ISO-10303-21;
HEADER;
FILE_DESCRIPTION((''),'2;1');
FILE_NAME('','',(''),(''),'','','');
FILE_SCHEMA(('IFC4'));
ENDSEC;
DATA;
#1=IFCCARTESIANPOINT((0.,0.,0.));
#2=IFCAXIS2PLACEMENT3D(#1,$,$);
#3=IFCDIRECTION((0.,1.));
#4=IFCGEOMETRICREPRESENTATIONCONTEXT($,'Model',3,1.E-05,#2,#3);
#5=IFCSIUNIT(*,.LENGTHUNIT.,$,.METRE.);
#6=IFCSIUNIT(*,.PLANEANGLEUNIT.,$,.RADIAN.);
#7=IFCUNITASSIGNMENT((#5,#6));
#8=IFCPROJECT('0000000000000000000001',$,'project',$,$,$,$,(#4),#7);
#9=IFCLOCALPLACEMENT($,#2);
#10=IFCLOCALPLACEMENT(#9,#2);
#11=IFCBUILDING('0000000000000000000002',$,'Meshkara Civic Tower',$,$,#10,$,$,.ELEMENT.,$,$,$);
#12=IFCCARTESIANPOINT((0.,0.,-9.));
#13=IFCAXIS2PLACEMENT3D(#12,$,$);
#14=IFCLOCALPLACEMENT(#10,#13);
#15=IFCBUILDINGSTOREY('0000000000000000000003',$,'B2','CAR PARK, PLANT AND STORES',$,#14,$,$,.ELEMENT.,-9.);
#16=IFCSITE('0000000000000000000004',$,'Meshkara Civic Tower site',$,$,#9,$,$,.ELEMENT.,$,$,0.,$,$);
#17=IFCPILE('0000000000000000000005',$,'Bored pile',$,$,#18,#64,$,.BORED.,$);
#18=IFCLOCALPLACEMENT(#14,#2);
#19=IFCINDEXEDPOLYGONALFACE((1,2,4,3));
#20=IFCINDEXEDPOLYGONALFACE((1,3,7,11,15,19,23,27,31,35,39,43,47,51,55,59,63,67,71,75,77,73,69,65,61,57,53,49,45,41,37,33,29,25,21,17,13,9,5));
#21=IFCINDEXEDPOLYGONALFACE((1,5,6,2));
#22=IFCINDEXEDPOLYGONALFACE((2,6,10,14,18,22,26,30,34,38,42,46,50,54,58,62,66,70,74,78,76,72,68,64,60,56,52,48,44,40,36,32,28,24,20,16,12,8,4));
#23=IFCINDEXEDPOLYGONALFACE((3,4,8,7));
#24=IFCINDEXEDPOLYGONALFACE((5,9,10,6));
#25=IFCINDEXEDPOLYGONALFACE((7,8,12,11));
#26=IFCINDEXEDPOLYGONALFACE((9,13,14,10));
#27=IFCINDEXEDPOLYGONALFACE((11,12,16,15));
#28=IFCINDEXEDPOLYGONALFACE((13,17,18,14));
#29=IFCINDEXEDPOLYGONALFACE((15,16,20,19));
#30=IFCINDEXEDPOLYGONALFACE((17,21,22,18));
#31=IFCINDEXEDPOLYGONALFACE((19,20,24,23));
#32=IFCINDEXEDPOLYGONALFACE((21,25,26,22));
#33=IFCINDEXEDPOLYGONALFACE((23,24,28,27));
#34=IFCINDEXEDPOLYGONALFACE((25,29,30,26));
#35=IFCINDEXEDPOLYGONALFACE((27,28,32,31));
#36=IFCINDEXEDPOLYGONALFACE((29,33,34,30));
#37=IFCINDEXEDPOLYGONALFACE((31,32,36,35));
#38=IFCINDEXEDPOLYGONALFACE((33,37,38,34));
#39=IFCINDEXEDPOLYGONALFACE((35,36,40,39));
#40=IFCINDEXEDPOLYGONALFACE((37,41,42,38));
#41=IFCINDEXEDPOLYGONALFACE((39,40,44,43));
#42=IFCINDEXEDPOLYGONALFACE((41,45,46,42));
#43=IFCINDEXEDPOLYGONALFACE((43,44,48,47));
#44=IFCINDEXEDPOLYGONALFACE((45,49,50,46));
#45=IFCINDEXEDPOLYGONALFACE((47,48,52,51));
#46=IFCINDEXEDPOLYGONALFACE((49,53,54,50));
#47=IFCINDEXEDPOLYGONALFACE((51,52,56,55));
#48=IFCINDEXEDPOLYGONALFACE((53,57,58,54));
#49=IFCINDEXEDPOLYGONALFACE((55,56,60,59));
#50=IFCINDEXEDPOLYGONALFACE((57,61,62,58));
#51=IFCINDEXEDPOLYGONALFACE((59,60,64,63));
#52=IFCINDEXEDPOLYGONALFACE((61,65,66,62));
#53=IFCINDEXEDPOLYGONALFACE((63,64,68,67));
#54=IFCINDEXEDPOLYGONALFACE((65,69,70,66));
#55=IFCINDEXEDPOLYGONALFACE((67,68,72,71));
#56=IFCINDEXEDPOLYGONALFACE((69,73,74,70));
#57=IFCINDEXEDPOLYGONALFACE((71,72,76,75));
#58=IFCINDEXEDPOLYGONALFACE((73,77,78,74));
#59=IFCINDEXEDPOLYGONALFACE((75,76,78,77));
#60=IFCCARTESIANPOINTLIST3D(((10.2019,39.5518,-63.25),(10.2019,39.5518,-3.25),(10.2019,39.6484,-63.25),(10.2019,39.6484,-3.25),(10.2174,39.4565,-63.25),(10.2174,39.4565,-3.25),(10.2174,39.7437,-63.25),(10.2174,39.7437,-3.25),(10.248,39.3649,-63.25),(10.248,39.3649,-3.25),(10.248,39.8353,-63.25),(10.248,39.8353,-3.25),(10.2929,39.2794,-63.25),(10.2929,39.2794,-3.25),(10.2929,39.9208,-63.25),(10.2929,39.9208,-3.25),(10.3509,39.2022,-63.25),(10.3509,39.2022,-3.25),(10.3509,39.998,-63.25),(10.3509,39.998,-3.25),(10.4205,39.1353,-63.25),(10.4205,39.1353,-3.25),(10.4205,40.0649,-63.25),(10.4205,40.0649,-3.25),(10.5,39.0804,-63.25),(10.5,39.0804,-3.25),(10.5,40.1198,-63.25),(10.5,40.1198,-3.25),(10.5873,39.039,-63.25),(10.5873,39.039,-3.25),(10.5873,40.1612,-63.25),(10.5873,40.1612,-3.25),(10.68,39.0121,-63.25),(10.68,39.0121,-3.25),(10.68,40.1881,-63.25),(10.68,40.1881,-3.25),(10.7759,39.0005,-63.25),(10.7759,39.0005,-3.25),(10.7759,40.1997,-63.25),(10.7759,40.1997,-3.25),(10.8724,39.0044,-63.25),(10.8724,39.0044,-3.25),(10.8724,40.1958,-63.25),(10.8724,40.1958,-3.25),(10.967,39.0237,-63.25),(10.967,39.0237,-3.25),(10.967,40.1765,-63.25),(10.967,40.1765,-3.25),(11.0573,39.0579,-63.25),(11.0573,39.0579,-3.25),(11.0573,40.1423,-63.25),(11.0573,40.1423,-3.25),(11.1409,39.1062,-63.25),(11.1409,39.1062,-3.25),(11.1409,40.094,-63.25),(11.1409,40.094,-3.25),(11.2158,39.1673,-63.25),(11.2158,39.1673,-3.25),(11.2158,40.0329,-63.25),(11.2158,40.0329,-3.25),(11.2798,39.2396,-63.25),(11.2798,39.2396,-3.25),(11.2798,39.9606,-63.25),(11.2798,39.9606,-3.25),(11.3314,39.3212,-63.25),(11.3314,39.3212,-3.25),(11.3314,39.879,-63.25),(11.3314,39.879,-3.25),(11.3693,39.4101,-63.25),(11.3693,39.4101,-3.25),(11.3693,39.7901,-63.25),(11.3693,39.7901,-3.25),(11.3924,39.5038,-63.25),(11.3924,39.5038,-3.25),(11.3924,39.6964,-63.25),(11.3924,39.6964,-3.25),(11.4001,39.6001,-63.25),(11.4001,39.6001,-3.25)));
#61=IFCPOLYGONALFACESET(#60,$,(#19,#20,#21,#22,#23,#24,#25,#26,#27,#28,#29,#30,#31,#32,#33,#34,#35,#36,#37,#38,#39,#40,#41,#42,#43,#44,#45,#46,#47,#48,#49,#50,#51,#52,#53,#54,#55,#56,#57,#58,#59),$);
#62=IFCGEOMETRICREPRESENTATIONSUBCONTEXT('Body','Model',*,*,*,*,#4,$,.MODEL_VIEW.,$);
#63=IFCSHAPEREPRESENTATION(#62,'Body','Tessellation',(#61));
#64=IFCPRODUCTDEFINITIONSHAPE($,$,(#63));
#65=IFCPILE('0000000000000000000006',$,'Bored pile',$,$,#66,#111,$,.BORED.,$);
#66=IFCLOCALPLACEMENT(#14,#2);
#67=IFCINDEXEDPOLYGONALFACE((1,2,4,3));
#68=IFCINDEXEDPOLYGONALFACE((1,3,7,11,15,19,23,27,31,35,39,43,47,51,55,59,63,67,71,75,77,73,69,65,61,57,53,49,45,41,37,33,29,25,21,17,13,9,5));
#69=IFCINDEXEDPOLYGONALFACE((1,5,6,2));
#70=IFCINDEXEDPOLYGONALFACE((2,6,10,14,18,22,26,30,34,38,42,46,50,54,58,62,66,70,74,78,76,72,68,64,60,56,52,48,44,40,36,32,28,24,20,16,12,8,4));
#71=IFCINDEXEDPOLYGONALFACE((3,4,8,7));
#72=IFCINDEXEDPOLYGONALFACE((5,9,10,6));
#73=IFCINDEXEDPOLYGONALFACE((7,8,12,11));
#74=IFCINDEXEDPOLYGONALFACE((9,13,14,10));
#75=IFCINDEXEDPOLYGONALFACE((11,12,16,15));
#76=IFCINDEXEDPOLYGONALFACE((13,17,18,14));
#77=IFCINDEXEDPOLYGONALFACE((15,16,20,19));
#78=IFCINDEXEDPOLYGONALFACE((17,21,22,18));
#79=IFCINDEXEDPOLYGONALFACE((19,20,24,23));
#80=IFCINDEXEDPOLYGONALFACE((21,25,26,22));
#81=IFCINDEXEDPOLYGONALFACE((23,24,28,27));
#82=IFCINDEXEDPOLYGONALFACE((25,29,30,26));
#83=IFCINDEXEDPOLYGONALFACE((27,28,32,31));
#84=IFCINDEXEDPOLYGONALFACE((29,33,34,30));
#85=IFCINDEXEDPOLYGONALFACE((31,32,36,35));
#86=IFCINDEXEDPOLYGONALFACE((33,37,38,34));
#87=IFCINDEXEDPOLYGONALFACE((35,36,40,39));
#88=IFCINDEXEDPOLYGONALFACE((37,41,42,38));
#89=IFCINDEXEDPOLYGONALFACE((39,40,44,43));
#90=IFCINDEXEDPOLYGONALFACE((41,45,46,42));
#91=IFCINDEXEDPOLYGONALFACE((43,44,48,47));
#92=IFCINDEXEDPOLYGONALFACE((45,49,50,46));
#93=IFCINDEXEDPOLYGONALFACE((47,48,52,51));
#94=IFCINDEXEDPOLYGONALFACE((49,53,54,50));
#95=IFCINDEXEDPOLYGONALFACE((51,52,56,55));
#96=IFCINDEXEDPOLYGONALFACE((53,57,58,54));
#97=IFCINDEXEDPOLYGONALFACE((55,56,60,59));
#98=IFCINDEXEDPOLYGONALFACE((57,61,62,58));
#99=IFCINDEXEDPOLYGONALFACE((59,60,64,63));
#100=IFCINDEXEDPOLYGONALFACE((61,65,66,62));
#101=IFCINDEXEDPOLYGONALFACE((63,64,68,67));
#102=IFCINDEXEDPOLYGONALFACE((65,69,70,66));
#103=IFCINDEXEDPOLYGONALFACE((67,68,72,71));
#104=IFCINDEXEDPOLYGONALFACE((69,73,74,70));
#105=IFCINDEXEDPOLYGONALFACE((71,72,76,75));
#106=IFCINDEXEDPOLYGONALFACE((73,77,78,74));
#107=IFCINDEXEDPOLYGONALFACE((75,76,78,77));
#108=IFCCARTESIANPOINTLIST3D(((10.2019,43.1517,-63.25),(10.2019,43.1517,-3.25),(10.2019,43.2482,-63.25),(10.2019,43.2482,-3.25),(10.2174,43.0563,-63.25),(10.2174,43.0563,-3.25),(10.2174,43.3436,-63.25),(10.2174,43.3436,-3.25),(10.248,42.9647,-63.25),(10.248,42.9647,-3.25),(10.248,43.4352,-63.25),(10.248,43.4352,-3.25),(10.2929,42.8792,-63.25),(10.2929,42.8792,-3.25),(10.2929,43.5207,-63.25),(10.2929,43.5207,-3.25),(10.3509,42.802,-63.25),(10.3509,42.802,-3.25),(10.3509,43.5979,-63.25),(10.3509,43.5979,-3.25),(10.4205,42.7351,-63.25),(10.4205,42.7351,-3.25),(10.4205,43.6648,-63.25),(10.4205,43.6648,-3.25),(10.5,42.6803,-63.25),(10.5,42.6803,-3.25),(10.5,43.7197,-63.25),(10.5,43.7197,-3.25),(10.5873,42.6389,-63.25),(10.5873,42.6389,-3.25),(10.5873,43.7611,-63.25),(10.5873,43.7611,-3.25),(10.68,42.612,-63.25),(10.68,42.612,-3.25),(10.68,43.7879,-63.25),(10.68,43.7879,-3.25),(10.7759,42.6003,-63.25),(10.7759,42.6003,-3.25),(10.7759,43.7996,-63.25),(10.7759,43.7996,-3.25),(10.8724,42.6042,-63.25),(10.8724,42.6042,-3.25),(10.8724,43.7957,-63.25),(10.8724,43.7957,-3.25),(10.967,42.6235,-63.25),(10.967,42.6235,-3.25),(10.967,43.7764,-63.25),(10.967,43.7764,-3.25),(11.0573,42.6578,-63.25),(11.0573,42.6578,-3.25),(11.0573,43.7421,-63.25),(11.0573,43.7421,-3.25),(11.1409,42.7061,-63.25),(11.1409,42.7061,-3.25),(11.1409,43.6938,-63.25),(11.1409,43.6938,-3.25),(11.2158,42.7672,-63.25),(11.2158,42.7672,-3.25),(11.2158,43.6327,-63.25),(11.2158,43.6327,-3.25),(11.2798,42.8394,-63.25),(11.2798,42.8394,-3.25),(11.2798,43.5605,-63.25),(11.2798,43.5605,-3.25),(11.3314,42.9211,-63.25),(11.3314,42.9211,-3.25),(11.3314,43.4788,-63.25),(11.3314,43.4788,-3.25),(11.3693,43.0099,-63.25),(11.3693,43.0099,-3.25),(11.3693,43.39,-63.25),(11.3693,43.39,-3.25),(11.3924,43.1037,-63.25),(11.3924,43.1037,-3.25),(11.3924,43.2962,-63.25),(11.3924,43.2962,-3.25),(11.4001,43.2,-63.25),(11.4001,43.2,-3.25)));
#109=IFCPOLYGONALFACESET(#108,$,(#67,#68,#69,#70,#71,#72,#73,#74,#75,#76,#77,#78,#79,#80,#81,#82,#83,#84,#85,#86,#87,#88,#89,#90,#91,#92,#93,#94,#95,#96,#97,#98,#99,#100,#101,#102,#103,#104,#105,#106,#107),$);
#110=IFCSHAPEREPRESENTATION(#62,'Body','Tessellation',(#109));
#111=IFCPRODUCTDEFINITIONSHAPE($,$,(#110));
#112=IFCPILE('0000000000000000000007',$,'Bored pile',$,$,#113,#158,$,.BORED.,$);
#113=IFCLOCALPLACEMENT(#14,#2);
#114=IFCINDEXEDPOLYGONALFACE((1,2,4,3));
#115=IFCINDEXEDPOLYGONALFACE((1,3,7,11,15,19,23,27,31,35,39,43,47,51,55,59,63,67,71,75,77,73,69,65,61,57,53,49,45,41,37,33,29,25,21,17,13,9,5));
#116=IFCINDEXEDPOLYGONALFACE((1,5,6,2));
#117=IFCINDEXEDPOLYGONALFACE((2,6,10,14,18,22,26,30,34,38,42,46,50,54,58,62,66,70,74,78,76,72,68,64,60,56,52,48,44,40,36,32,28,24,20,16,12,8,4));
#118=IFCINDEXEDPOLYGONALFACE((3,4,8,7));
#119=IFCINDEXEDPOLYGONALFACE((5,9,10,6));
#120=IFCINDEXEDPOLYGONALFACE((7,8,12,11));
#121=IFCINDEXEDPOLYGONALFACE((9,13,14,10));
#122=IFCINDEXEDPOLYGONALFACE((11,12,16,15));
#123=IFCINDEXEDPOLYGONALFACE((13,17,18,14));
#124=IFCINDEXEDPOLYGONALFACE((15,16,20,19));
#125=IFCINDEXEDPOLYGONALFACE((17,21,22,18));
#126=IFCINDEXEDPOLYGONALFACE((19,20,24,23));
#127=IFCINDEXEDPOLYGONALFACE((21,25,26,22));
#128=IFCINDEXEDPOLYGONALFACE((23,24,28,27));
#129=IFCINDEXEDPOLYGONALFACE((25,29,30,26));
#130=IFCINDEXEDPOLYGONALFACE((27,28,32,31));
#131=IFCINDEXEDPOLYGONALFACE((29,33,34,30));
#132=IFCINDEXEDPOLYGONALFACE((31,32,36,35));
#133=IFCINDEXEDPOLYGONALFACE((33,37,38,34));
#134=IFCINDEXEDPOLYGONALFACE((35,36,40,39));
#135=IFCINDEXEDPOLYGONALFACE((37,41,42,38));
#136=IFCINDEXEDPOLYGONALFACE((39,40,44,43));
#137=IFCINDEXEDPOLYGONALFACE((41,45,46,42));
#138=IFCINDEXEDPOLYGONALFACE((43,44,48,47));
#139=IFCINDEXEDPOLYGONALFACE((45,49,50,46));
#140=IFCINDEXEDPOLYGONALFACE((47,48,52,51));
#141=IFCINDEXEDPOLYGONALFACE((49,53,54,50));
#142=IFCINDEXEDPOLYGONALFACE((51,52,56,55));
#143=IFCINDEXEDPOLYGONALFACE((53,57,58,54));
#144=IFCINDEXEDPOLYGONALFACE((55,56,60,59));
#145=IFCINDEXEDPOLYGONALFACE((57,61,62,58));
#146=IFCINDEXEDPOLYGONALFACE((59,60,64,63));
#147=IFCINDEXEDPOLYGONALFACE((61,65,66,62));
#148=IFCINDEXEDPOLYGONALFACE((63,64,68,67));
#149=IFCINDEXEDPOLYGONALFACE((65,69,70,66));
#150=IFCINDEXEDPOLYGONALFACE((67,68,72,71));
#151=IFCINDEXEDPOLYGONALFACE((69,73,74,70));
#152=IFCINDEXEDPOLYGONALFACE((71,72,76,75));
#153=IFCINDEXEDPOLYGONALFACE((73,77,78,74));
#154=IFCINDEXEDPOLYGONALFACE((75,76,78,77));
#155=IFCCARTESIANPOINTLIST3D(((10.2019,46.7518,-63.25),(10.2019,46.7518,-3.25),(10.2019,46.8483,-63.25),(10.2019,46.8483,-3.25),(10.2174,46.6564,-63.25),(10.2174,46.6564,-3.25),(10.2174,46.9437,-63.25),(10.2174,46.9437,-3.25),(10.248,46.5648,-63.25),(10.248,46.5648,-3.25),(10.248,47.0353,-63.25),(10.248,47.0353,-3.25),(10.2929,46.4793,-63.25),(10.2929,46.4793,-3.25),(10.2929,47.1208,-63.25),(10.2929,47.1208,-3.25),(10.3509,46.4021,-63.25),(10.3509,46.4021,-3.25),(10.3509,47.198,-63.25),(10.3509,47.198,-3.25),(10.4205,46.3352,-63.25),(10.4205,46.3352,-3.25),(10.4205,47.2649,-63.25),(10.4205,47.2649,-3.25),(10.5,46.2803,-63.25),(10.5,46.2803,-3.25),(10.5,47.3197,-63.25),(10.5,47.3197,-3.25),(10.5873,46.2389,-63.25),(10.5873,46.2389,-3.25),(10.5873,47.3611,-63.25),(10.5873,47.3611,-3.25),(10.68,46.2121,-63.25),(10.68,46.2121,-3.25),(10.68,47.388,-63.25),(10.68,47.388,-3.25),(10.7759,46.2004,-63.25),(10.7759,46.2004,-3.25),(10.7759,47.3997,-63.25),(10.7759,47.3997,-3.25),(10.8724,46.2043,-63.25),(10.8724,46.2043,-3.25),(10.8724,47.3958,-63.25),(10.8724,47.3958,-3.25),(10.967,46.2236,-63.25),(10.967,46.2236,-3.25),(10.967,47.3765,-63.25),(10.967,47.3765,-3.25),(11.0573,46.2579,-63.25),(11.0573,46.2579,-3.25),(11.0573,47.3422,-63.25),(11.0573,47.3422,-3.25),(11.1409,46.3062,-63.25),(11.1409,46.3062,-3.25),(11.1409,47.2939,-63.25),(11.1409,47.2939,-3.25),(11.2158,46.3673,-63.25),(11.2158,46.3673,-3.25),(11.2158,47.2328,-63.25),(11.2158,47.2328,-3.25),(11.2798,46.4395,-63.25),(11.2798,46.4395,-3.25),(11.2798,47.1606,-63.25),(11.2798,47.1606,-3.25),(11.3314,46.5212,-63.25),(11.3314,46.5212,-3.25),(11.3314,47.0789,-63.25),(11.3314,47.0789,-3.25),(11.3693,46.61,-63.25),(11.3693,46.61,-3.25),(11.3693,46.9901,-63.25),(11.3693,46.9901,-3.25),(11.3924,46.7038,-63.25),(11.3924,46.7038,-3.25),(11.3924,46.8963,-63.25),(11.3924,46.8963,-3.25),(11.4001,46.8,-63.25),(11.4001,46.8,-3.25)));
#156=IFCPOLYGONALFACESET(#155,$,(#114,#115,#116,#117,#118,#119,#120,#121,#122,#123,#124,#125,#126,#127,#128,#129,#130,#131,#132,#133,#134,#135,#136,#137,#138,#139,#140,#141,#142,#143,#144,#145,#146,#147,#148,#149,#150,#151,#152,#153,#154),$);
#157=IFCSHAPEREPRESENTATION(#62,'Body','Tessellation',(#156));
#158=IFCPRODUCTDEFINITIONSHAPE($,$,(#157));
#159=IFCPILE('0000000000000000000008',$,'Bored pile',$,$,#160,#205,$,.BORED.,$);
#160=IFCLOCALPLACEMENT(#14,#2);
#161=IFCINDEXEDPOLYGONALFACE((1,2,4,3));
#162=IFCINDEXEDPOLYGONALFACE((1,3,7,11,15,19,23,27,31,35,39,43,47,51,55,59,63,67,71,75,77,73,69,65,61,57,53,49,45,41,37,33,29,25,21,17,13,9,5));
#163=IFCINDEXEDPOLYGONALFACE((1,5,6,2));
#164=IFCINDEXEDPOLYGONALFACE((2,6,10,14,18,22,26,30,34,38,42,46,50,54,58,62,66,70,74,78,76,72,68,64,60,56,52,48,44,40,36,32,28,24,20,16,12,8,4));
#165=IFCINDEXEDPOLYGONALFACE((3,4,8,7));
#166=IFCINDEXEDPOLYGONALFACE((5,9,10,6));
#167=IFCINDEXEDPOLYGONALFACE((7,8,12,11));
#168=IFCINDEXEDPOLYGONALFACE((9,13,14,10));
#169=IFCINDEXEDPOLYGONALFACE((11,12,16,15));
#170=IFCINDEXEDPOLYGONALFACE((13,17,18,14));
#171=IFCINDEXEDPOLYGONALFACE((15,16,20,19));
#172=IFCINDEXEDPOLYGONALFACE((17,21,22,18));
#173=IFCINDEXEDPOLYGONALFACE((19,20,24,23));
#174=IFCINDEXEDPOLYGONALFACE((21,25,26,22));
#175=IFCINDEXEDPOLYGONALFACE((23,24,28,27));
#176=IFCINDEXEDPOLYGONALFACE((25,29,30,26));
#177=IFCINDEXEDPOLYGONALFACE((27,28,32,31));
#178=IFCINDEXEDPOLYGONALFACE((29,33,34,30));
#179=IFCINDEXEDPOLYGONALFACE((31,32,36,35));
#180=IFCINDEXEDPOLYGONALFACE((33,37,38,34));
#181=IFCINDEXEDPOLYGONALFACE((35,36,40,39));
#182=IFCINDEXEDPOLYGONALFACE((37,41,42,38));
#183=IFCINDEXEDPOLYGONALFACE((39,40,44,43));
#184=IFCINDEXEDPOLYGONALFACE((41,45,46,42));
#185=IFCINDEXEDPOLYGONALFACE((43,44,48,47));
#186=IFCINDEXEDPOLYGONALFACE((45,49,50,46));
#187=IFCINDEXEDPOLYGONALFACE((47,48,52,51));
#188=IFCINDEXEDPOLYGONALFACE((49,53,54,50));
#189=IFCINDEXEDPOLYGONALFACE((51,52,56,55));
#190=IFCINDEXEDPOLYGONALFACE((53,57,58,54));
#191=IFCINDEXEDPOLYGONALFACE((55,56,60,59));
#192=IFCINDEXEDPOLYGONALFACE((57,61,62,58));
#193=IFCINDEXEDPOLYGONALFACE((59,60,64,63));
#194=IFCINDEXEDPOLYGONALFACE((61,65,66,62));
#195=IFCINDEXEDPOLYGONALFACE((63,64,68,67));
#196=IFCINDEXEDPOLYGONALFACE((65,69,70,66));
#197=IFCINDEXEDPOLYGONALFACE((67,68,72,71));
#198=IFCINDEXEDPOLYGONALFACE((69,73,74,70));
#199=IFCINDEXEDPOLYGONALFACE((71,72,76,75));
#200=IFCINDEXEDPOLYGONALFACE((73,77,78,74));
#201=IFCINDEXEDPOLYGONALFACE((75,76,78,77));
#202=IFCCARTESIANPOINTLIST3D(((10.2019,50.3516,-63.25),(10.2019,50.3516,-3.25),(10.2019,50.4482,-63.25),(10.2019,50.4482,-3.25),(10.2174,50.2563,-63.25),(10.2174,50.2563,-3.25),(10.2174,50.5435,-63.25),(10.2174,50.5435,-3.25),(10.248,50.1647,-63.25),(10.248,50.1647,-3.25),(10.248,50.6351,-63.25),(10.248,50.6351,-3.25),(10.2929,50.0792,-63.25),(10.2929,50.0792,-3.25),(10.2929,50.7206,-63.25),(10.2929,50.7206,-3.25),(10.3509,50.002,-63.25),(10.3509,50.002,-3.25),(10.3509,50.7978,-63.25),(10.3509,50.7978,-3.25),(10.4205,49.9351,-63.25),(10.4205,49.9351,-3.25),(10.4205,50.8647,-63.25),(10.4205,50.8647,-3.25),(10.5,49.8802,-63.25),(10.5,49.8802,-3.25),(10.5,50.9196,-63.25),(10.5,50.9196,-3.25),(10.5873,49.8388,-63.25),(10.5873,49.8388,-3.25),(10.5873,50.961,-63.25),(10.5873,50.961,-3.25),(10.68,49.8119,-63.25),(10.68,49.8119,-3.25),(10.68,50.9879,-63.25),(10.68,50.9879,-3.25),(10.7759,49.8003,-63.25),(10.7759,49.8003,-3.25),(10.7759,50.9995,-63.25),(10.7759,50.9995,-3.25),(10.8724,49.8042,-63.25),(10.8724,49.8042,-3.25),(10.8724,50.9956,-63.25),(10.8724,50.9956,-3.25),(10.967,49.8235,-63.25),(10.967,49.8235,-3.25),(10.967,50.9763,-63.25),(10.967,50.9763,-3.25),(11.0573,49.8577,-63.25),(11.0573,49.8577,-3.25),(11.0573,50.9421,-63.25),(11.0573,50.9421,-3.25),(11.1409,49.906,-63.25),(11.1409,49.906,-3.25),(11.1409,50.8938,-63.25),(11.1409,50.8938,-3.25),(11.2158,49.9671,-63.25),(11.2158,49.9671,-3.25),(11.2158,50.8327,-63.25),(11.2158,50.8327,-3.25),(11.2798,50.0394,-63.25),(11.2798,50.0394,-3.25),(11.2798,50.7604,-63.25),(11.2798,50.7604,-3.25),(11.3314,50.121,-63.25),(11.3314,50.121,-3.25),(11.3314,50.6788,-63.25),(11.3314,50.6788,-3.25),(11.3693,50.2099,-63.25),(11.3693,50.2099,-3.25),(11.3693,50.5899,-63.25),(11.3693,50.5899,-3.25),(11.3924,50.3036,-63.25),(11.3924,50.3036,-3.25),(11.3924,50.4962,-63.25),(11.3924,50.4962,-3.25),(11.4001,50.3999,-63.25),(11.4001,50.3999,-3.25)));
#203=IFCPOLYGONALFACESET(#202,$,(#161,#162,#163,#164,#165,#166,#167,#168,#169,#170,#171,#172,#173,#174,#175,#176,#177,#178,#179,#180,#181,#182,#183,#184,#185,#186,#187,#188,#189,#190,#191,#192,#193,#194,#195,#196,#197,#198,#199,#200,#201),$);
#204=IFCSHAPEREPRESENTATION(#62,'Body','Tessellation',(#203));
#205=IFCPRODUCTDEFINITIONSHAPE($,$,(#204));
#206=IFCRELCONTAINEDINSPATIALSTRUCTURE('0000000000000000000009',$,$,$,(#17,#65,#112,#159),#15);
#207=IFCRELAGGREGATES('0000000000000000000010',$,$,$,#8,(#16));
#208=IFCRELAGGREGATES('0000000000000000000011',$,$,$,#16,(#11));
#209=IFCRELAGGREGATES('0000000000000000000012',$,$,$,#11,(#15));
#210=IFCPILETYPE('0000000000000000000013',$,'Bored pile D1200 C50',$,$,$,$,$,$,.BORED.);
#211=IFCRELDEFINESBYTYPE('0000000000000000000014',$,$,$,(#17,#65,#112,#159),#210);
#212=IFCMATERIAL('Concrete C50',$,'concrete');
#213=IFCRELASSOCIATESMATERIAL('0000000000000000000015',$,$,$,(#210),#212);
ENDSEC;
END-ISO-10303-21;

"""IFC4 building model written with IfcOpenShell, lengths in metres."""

from ifc_helpers import new_model, si_unit, direction, frame, origin, origin_2d, place, context, subcontext, project, spatial, circle, extrude, material, material_profile, profile_set, type_object, element, save


model = new_model("IFC4")

# Units and contexts
model_context = context("Model", 3, precision=1e-05, world=origin(), true_north=direction((0.0, 1.0)))
body_context = subcontext(model_context, "Body", "Model", "MODEL_VIEW")
ifc_project = project(units=[si_unit("LENGTHUNIT", "METRE"), si_unit("PLANEANGLEUNIT", "RADIAN")], contexts=[model_context])

# Site, building, storey
site_placement = place(None, origin())
site = spatial("IfcSite", under=ifc_project, at=site_placement, Name="Meshkara Civic Tower site", CompositionType="ELEMENT", RefElevation=0.0)
building_placement = place(site_placement, origin())
building = spatial("IfcBuilding", under=site, at=building_placement, Name="Meshkara Civic Tower", CompositionType="ELEMENT")
storey_placement = place(building_placement, frame((0.0, 0.0, -9.0)))
storey = spatial("IfcBuildingStorey", under=building, at=storey_placement, Name="B2", Description="CAR PARK, PLANT AND STORES", CompositionType="ELEMENT", Elevation=-9.0)

# Piles
ifc_material_1 = material(Name="Concrete C50", Category="concrete")
ifc_material_profile_1 = material_profile(ifc_material_1, circle(Radius=0.6001, at=origin_2d()))
ifc_profile_set_1 = profile_set([ifc_material_profile_1], Name="Concrete C50")
pile_type = type_object("IfcPileType", Name="Bored pile D1200 C50", PredefinedType="BORED", material=ifc_profile_set_1)
for number, where, z_axis, x_axis, name in (
    (1, (10.8, 39.6001, -3.25), (0.0, 0.0, -1.0), (1.0, 0.0, 0.0), "Bored pile"),
    (2, (10.8, 43.2, -3.25), (0.0, 0.0, -1.0), (1.0, 0.0, 0.0), "Bored pile"),
    (3, (10.8, 46.8, -3.25), (0.0, 0.0, -1.0), (1.0, 0.0, 0.0), "Bored pile"),
    (4, (10.8, 50.3999, -3.25), (0.0, 0.0, -1.0), (1.0, 0.0, 0.0), "Bored pile"),
):
    element("IfcPile", number, at=place(storey_placement, frame(where, z_axis=z_axis, x_axis=x_axis)), inside=storey, type_object=pile_type, Name=name, PredefinedType="BORED", context=body_context, shape_type="SweptSolid", body=[
        extrude(circle(Radius=0.6001, at=origin_2d()), origin(), (0.0, 0.0, 1.0), 60.0),
    ])

save(model, "model.ifc")
